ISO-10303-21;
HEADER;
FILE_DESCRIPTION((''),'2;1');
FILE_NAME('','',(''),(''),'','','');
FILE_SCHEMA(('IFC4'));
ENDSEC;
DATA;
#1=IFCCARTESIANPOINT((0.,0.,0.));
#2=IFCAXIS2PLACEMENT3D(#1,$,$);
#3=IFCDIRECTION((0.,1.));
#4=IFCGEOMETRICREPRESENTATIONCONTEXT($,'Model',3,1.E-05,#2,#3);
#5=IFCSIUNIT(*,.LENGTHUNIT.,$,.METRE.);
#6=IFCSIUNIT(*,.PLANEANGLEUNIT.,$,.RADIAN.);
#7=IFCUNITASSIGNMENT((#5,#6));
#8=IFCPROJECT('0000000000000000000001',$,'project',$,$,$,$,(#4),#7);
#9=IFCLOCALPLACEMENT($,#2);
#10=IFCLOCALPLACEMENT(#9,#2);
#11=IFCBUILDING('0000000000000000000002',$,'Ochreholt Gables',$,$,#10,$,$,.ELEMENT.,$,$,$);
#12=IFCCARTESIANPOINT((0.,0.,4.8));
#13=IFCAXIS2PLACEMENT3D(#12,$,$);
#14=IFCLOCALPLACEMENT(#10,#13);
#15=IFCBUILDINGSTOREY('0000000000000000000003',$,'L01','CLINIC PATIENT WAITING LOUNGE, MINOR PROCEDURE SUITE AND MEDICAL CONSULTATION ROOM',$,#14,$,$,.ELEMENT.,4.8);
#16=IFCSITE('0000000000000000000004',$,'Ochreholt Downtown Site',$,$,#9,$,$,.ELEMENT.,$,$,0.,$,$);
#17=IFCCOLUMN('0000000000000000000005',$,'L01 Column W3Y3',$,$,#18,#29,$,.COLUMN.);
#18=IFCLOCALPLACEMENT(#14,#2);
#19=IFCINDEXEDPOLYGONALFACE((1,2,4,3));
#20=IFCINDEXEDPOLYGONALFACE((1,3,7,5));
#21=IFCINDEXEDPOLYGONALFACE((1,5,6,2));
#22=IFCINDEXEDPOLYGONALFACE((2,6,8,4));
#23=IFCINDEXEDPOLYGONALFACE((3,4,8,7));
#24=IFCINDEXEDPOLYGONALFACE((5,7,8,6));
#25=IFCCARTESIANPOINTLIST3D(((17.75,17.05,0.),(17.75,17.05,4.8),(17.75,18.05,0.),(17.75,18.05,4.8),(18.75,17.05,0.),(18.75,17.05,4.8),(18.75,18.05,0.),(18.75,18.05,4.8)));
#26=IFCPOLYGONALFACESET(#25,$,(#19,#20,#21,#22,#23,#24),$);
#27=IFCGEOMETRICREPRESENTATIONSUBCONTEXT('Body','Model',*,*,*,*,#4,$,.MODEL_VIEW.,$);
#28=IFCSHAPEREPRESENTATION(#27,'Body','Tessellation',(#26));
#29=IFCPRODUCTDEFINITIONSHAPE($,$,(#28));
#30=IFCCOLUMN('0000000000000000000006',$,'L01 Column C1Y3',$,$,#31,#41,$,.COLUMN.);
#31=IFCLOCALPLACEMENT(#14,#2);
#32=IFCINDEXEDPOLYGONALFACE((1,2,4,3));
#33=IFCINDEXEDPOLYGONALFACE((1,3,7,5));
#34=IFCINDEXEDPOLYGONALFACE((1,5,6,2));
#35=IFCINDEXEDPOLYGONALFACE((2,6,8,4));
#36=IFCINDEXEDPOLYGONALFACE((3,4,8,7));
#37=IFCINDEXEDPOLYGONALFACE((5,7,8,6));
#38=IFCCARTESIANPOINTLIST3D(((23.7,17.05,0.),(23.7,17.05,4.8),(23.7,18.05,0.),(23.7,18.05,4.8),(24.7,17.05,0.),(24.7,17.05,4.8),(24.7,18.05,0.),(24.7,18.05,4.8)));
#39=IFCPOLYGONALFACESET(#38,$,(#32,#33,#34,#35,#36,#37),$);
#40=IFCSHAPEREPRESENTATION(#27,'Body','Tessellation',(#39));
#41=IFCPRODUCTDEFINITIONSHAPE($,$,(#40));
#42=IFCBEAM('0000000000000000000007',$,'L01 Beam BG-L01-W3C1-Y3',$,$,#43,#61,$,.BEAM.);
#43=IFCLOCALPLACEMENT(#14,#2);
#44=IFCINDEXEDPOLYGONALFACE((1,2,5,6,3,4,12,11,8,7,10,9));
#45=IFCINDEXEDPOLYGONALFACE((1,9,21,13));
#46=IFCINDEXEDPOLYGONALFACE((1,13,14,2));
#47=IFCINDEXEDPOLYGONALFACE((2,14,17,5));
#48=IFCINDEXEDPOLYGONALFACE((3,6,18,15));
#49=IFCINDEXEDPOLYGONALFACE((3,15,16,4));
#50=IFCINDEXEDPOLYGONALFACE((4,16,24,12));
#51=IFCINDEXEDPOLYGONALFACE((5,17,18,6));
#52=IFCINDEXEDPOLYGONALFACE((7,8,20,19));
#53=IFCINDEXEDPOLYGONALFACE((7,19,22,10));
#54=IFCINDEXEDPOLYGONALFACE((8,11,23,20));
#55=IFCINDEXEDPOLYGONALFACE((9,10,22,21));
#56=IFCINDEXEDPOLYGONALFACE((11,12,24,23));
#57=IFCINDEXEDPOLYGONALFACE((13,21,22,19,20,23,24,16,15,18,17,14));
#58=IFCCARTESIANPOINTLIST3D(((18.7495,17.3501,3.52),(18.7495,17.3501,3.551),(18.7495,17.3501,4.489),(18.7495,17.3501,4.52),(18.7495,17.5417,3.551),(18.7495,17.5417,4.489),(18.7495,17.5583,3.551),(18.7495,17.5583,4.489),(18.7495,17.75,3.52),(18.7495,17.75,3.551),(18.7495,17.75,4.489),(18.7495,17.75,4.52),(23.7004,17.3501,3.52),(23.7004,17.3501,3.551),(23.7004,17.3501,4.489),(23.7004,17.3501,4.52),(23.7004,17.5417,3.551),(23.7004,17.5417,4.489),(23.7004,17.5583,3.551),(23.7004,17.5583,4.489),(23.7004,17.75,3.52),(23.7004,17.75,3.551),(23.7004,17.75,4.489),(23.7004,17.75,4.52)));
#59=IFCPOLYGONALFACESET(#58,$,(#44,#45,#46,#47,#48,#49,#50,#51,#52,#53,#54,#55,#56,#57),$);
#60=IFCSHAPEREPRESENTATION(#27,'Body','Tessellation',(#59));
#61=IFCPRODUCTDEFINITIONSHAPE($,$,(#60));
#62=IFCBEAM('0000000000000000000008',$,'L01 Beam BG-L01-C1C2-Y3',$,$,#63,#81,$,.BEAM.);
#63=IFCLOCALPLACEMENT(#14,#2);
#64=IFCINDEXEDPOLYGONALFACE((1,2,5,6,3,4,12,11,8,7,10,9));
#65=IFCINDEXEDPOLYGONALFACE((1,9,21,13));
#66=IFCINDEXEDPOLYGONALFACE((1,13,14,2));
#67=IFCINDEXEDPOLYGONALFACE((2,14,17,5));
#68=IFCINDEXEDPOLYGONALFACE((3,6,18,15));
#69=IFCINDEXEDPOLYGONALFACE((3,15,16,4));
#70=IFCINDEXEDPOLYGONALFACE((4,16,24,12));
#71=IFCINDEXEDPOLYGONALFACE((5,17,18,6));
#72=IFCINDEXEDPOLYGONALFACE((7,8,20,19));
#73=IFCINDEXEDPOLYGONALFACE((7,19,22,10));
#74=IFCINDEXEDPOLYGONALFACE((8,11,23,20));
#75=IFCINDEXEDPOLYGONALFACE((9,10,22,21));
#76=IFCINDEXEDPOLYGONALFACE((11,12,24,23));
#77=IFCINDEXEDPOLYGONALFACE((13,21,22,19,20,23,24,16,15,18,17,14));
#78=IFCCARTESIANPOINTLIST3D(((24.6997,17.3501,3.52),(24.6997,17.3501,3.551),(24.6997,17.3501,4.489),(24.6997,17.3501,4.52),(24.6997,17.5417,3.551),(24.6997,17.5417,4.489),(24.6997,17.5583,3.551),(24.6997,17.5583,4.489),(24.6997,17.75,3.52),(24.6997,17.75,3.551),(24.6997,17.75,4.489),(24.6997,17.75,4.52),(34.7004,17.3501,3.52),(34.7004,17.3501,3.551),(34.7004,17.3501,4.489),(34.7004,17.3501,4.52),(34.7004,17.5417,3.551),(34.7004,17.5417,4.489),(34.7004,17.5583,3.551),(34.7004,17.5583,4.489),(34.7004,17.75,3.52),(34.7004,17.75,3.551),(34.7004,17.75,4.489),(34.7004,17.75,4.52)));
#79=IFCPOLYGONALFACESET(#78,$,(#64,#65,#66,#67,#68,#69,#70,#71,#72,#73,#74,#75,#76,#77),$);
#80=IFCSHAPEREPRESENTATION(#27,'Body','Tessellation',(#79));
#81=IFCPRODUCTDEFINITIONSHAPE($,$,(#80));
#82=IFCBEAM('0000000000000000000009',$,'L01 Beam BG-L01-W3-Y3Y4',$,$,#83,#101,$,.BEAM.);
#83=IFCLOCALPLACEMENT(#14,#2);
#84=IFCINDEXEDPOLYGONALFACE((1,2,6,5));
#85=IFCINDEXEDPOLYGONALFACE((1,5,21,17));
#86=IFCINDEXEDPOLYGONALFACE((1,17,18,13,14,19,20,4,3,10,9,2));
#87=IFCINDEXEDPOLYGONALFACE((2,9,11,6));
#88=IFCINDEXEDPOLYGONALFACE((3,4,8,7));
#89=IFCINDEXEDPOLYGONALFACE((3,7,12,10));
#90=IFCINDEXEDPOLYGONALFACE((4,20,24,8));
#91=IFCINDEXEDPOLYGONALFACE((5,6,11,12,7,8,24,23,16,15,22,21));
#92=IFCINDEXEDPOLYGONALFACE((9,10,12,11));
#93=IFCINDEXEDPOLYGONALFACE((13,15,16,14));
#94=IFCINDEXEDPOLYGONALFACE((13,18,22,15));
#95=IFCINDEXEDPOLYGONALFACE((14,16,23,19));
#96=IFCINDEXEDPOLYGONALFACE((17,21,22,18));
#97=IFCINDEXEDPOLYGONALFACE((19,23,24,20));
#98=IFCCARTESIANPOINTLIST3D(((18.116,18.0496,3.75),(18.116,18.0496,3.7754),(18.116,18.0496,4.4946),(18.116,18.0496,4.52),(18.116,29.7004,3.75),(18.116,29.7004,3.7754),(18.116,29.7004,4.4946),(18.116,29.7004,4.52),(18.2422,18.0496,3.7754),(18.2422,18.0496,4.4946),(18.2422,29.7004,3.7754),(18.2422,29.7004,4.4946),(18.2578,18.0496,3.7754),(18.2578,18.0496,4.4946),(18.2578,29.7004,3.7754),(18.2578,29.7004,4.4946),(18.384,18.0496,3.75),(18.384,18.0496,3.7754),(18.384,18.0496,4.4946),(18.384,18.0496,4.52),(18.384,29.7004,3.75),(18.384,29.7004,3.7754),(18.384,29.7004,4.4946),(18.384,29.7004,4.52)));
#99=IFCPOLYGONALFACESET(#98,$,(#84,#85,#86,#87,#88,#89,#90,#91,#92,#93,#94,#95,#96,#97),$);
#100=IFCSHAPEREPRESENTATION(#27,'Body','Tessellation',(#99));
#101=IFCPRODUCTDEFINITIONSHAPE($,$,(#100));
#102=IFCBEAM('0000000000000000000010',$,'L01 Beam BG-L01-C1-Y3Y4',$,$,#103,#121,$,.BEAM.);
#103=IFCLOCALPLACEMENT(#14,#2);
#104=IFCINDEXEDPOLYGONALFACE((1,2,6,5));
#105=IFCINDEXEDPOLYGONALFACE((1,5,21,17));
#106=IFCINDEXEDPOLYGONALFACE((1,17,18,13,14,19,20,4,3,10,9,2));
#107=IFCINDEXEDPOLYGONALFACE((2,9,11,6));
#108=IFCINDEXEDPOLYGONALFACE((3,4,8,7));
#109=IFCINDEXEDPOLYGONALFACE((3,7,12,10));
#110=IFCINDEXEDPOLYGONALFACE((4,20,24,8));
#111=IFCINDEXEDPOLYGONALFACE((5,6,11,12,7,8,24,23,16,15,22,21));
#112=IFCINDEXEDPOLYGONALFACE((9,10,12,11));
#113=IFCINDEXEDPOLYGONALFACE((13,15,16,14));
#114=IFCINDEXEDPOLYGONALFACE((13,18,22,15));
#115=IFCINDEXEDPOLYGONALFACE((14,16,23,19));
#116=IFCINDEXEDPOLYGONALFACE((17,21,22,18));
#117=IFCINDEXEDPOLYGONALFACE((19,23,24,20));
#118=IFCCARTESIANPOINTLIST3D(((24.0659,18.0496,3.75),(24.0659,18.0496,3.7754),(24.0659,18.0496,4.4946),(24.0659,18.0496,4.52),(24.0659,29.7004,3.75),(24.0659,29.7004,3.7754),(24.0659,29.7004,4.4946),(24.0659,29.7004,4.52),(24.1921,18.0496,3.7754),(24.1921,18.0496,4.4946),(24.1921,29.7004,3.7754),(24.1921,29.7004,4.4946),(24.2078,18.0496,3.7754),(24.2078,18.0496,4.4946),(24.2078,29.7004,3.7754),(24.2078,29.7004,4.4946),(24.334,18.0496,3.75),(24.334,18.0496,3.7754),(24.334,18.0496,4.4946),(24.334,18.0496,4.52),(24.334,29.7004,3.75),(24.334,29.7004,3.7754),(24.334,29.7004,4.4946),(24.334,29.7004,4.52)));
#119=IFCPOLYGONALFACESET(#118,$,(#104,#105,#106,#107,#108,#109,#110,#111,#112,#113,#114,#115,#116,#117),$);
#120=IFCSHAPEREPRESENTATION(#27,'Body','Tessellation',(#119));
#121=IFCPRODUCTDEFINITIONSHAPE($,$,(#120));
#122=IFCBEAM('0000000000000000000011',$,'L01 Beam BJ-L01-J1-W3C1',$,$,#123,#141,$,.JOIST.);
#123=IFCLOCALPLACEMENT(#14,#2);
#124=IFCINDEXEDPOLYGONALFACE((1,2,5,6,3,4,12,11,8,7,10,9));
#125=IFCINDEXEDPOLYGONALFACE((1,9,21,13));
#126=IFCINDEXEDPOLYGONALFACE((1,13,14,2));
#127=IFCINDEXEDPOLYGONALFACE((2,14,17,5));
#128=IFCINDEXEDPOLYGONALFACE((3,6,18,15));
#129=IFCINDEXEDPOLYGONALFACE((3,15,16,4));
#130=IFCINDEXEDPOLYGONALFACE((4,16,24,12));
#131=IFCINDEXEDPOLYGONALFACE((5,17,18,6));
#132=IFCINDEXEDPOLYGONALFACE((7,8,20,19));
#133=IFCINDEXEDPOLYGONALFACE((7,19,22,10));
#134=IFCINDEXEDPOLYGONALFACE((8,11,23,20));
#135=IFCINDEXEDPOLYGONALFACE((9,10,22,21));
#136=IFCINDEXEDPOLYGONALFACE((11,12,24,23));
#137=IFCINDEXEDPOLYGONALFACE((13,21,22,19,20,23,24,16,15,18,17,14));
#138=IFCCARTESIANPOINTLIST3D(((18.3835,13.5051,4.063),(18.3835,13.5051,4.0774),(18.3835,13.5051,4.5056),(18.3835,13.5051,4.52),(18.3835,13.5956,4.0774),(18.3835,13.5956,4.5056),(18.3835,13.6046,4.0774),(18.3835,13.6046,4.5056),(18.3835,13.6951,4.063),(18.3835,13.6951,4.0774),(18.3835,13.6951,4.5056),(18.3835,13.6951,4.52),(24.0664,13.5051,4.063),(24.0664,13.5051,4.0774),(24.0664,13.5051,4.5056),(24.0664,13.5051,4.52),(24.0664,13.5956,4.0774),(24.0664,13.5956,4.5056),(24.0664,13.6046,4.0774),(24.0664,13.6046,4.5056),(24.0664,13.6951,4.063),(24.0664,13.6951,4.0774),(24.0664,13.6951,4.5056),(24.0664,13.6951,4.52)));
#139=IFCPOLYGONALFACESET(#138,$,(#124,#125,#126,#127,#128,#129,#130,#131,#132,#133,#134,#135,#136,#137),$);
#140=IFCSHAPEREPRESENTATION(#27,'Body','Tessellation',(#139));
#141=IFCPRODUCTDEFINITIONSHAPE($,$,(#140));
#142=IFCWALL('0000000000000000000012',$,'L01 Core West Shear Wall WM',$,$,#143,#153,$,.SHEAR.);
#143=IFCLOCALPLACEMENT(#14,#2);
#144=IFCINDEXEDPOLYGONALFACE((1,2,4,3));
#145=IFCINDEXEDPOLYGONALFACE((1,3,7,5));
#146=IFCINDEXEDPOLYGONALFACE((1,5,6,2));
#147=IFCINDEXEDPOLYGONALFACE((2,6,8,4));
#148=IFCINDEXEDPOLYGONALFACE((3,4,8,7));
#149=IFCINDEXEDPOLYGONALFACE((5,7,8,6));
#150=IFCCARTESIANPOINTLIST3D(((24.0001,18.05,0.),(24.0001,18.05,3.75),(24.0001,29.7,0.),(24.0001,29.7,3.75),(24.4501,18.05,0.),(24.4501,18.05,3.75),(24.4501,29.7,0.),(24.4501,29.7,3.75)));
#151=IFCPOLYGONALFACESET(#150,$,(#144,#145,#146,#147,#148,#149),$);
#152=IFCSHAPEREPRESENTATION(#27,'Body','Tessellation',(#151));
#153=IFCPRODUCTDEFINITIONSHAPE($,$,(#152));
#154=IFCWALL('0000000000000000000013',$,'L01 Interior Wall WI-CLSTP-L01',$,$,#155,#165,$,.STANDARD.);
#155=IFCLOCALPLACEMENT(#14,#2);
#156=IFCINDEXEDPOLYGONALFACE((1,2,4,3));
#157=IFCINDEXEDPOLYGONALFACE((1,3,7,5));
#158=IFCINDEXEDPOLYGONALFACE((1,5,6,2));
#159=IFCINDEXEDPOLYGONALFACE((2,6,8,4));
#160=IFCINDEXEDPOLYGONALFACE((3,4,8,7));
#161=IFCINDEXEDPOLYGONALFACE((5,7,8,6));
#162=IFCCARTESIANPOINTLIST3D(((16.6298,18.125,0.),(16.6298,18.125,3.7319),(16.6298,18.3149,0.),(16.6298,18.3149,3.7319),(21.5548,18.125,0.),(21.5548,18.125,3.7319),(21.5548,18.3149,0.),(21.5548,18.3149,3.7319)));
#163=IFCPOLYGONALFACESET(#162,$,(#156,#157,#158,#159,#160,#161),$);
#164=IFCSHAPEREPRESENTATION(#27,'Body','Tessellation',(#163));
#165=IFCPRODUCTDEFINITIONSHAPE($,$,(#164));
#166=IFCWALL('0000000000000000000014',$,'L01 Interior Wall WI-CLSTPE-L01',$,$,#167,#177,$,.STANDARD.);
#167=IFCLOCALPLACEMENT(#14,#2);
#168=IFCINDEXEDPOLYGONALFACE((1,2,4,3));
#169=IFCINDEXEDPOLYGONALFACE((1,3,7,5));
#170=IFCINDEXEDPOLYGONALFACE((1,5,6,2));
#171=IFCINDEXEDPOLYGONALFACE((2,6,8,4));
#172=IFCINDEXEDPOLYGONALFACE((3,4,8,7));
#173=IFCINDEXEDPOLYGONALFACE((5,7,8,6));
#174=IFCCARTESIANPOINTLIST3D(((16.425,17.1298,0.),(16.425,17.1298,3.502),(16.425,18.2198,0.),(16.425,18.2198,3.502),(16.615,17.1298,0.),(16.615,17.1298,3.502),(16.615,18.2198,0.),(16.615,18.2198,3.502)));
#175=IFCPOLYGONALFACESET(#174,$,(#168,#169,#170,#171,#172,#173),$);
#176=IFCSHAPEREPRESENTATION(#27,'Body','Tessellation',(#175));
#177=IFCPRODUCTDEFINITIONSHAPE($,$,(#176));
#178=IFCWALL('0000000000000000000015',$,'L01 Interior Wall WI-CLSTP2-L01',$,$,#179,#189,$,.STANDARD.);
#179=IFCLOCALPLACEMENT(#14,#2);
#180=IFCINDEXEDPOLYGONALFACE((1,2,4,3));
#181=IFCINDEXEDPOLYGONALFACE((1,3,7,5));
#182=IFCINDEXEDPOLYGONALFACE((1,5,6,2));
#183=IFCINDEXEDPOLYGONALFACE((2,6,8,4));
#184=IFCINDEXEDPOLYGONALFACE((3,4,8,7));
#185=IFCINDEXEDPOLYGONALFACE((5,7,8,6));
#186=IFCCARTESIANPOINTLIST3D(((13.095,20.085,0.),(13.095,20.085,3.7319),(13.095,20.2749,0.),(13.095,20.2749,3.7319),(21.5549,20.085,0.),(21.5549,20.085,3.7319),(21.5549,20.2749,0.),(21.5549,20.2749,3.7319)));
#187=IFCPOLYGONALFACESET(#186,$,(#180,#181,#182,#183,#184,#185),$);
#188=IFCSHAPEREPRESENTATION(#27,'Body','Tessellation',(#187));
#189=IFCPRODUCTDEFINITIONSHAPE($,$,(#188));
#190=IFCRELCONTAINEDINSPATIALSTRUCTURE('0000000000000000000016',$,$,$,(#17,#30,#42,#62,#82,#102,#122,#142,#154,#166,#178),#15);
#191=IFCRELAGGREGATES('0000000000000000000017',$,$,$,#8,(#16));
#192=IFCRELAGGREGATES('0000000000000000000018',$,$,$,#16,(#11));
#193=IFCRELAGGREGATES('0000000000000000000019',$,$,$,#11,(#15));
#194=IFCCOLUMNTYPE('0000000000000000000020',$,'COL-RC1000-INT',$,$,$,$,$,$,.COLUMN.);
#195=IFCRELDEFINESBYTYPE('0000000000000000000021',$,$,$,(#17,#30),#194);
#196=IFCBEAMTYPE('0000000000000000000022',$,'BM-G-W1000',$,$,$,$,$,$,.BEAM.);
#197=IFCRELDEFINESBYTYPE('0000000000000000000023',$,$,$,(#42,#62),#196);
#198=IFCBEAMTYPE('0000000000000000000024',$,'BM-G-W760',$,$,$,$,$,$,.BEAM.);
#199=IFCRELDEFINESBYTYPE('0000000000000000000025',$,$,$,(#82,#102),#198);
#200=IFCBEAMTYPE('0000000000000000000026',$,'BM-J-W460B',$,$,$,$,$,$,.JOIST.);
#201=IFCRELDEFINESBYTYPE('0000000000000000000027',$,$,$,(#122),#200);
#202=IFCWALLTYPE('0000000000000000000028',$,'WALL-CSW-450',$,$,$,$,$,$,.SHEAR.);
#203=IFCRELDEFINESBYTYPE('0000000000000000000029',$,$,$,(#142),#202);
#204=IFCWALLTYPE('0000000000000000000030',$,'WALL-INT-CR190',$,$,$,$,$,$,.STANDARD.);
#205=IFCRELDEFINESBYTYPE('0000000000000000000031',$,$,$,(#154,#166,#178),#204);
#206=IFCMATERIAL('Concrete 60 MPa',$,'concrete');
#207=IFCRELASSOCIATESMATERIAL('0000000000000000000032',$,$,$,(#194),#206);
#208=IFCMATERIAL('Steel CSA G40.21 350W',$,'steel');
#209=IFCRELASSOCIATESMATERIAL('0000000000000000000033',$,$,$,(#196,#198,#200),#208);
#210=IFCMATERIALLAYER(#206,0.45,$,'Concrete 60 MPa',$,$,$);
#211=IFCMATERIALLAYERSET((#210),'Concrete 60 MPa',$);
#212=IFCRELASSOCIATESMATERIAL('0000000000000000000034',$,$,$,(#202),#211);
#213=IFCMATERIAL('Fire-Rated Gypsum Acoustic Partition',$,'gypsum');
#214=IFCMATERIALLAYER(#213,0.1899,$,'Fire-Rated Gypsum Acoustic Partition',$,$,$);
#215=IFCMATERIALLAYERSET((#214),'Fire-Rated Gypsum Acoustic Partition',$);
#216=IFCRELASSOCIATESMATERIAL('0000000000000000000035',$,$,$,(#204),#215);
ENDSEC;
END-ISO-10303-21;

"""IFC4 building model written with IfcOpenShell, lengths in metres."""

from ifc_helpers import new_model, si_unit, direction, frame, frame_2d, origin, origin_2d, place, context, subcontext, project, spatial, rectangle, i_section, extrude, material, layer, layer_set, material_profile, profile_set, type_object, element, save


model = new_model("IFC4")

# Units and contexts
model_context = context("Model", 3, precision=1e-05, world=origin(), true_north=direction((0.0, 1.0)))
body_context = subcontext(model_context, "Body", "Model", "MODEL_VIEW")
ifc_project = project(units=[si_unit("LENGTHUNIT", "METRE"), si_unit("PLANEANGLEUNIT", "RADIAN")], contexts=[model_context])

# Site, building, storey
site_placement = place(None, origin())
site = spatial("IfcSite", under=ifc_project, at=site_placement, Name="Ochreholt Downtown Site", CompositionType="ELEMENT", RefElevation=0.0)
building_placement = place(site_placement, origin())
building = spatial("IfcBuilding", under=site, at=building_placement, Name="Ochreholt Gables", CompositionType="ELEMENT")
storey_placement = place(building_placement, frame((0.0, 0.0, 4.8)))
storey = spatial("IfcBuildingStorey", under=building, at=storey_placement, Name="L01", Description="CLINIC PATIENT WAITING LOUNGE, MINOR PROCEDURE SUITE AND MEDICAL CONSULTATION ROOM", CompositionType="ELEMENT", Elevation=4.8)

# Columns
ifc_material_1 = material(Name="Concrete 60 MPa", Category="concrete")
ifc_material_profile_1 = material_profile(ifc_material_1, rectangle(XDim=1.0, YDim=1.0, at=origin_2d()), Name="RC1000X1000")
ifc_profile_set_1 = profile_set([ifc_material_profile_1], Name="Concrete 60 MPa")
column_type = type_object("IfcColumnType", Name="COL-RC1000-INT", PredefinedType="COLUMN", material=ifc_profile_set_1)
for number, where, z_axis, x_axis, name in (
    (1, (18.25, 17.55, 0.0), (0.0, 0.0, 1.0), (1.0, 0.0, 0.0), "L01 Column W3Y3"),
    (2, (24.2, 17.55, 0.0), (0.0, 0.0, 1.0), (1.0, 0.0, 0.0), "L01 Column C1Y3"),
):
    element("IfcColumn", number, at=place(storey_placement, frame(where, z_axis=z_axis, x_axis=x_axis)), inside=storey, type_object=column_type, Name=name, PredefinedType="COLUMN", context=body_context, shape_type="SweptSolid", body=[
        extrude(rectangle(XDim=1.0, YDim=1.0, at=origin_2d()), origin(), (0.0, 0.0, 1.0), 4.8),
    ])

# Beams
ifc_material_2 = material(Name="Steel CSA G40.21 350W", Category="steel")
ifc_material_profile_2 = material_profile(ifc_material_2, i_section(OverallWidth=0.3999, OverallDepth=1.0, WebThickness=0.0166, FlangeThickness=0.031, at=origin_2d()), Name="W1000X321")
ifc_profile_set_2 = profile_set([ifc_material_profile_2], Name="Steel CSA G40.21 350W")
beam_type_1 = type_object("IfcBeamType", Name="BM-G-W1000", PredefinedType="BEAM", material=ifc_profile_set_2)
beam_1_placement = place(storey_placement, frame((18.7495, 17.55, 4.02), z_axis=(1.0, 0.0, 0.0), x_axis=(0.0, 1.0, 0.0)))
element("IfcBeam", 3, at=beam_1_placement, inside=storey, type_object=beam_type_1, Name="L01 Beam BG-L01-W3C1-Y3", PredefinedType="BEAM", context=body_context, shape_type="SweptSolid", body=[
    extrude(i_section(OverallWidth=0.3999, OverallDepth=1.0, WebThickness=0.0166, FlangeThickness=0.031, at=origin_2d()), origin(), (0.0, 0.0, 1.0), 4.9509),
])
beam_2_placement = place(storey_placement, frame((24.6997, 17.55, 4.02), z_axis=(1.0, 0.0, 0.0), x_axis=(0.0, 1.0, 0.0)))
element("IfcBeam", 4, at=beam_2_placement, inside=storey, type_object=beam_type_1, Name="L01 Beam BG-L01-C1C2-Y3", PredefinedType="BEAM", context=body_context, shape_type="SweptSolid", body=[
    extrude(i_section(OverallWidth=0.3999, OverallDepth=1.0, WebThickness=0.0166, FlangeThickness=0.031, at=origin_2d()), origin(), (0.0, 0.0, 1.0), 10.0007),
])
ifc_material_profile_3 = material_profile(ifc_material_2, i_section(OverallWidth=0.2681, OverallDepth=0.77, WebThickness=0.0156, FlangeThickness=0.0254, at=origin_2d()), Name="W760X196")
ifc_profile_set_3 = profile_set([ifc_material_profile_3], Name="Steel CSA G40.21 350W")
beam_type_2 = type_object("IfcBeamType", Name="BM-G-W760", PredefinedType="BEAM", material=ifc_profile_set_3)
for number, where, z_axis, x_axis, name in (
    (5, (18.25, 18.0496, 4.135), (0.0, 1.0, 0.0), (-1.0, 0.0, 0.0), "L01 Beam BG-L01-W3-Y3Y4"),
    (6, (24.2, 18.0496, 4.135), (0.0, 1.0, 0.0), (-1.0, 0.0, 0.0), "L01 Beam BG-L01-C1-Y3Y4"),
):
    element("IfcBeam", number, at=place(storey_placement, frame(where, z_axis=z_axis, x_axis=x_axis)), inside=storey, type_object=beam_type_2, Name=name, PredefinedType="BEAM", context=body_context, shape_type="SweptSolid", body=[
        extrude(i_section(OverallWidth=0.2681, OverallDepth=0.77, WebThickness=0.0156, FlangeThickness=0.0254, at=origin_2d()), origin(), (0.0, 0.0, 1.0), 11.6509),
    ])
ifc_material_profile_4 = material_profile(ifc_material_2, i_section(OverallWidth=0.1899, OverallDepth=0.457, WebThickness=0.009, FlangeThickness=0.0144, at=origin_2d()), Name="W460X74")
ifc_profile_set_4 = profile_set([ifc_material_profile_4], Name="Steel CSA G40.21 350W")
beam_type_3 = type_object("IfcBeamType", Name="BM-J-W460B", PredefinedType="JOIST", material=ifc_profile_set_4)
beam_3_placement = place(storey_placement, frame((18.3835, 13.6001, 4.2915), z_axis=(1.0, 0.0, 0.0), x_axis=(0.0, 1.0, 0.0)))
element("IfcBeam", 7, at=beam_3_placement, inside=storey, type_object=beam_type_3, Name="L01 Beam BJ-L01-J1-W3C1", PredefinedType="JOIST", context=body_context, shape_type="SweptSolid", body=[
    extrude(i_section(OverallWidth=0.1899, OverallDepth=0.457, WebThickness=0.009, FlangeThickness=0.0144, at=origin_2d()), origin(), (0.0, 0.0, 1.0), 5.6829),
])

# Walls
ifc_layer_1 = layer(ifc_material_1, 0.45, Name="Concrete 60 MPa")
ifc_layer_set_1 = layer_set([ifc_layer_1], Name="Concrete 60 MPa")
wall_type_1 = type_object("IfcWallType", Name="WALL-CSW-450", PredefinedType="SHEAR", material=ifc_layer_set_1)
wall_1_placement = place(storey_placement, frame((24.2251, 18.05, 0.0), z_axis=(0.0, 0.0, 1.0), x_axis=(0.0, 1.0, 0.0)))
element("IfcWall", 8, at=wall_1_placement, inside=storey, type_object=wall_type_1, Name="L01 Core West Shear Wall WM", PredefinedType="SHEAR", context=body_context, shape_type="SweptSolid", body=[
    extrude(rectangle(XDim=11.6499, YDim=0.45, at=frame_2d((5.825, 0.0))), origin(), (0.0, 0.0, 1.0), 3.75),
])
ifc_material_3 = material(Name="Fire-Rated Gypsum Acoustic Partition", Category="gypsum")
ifc_layer_2 = layer(ifc_material_3, 0.1899, Name="Fire-Rated Gypsum Acoustic Partition")
ifc_layer_set_2 = layer_set([ifc_layer_2], Name="Fire-Rated Gypsum Acoustic Partition")
wall_type_2 = type_object("IfcWallType", Name="WALL-INT-CR190", PredefinedType="STANDARD", material=ifc_layer_set_2)
wall_2_placement = place(storey_placement, frame((16.6299, 18.22, 0.0), z_axis=(0.0, 0.0, 1.0), x_axis=(1.0, 0.0, 0.0)))
element("IfcWall", 9, at=wall_2_placement, inside=storey, type_object=wall_type_2, Name="L01 Interior Wall WI-CLSTP-L01", PredefinedType="STANDARD", context=body_context, shape_type="SweptSolid", body=[
    extrude(rectangle(XDim=4.925, YDim=0.1899, at=frame_2d((2.4624, 0.0))), origin(), (0.0, 0.0, 1.0), 3.7319),
])
wall_3_placement = place(storey_placement, frame((16.52, 17.1299, 0.0), z_axis=(0.0, 0.0, 1.0), x_axis=(0.0, 1.0, 0.0)))
element("IfcWall", 10, at=wall_3_placement, inside=storey, type_object=wall_type_2, Name="L01 Interior Wall WI-CLSTPE-L01", PredefinedType="STANDARD", context=body_context, shape_type="SweptSolid", body=[
    extrude(rectangle(XDim=1.0901, YDim=0.1899, at=frame_2d((0.5449, 0.0))), origin(), (0.0, 0.0, 1.0), 3.502),
])
wall_4_placement = place(storey_placement, frame((13.095, 20.1799, 0.0), z_axis=(0.0, 0.0, 1.0), x_axis=(1.0, 0.0, 0.0)))
element("IfcWall", 11, at=wall_4_placement, inside=storey, type_object=wall_type_2, Name="L01 Interior Wall WI-CLSTP2-L01", PredefinedType="STANDARD", context=body_context, shape_type="SweptSolid", body=[
    extrude(rectangle(XDim=8.46, YDim=0.1899, at=frame_2d((4.23, 0.0))), origin(), (0.0, 0.0, 1.0), 3.7319),
])

save(model, "model.ifc")
